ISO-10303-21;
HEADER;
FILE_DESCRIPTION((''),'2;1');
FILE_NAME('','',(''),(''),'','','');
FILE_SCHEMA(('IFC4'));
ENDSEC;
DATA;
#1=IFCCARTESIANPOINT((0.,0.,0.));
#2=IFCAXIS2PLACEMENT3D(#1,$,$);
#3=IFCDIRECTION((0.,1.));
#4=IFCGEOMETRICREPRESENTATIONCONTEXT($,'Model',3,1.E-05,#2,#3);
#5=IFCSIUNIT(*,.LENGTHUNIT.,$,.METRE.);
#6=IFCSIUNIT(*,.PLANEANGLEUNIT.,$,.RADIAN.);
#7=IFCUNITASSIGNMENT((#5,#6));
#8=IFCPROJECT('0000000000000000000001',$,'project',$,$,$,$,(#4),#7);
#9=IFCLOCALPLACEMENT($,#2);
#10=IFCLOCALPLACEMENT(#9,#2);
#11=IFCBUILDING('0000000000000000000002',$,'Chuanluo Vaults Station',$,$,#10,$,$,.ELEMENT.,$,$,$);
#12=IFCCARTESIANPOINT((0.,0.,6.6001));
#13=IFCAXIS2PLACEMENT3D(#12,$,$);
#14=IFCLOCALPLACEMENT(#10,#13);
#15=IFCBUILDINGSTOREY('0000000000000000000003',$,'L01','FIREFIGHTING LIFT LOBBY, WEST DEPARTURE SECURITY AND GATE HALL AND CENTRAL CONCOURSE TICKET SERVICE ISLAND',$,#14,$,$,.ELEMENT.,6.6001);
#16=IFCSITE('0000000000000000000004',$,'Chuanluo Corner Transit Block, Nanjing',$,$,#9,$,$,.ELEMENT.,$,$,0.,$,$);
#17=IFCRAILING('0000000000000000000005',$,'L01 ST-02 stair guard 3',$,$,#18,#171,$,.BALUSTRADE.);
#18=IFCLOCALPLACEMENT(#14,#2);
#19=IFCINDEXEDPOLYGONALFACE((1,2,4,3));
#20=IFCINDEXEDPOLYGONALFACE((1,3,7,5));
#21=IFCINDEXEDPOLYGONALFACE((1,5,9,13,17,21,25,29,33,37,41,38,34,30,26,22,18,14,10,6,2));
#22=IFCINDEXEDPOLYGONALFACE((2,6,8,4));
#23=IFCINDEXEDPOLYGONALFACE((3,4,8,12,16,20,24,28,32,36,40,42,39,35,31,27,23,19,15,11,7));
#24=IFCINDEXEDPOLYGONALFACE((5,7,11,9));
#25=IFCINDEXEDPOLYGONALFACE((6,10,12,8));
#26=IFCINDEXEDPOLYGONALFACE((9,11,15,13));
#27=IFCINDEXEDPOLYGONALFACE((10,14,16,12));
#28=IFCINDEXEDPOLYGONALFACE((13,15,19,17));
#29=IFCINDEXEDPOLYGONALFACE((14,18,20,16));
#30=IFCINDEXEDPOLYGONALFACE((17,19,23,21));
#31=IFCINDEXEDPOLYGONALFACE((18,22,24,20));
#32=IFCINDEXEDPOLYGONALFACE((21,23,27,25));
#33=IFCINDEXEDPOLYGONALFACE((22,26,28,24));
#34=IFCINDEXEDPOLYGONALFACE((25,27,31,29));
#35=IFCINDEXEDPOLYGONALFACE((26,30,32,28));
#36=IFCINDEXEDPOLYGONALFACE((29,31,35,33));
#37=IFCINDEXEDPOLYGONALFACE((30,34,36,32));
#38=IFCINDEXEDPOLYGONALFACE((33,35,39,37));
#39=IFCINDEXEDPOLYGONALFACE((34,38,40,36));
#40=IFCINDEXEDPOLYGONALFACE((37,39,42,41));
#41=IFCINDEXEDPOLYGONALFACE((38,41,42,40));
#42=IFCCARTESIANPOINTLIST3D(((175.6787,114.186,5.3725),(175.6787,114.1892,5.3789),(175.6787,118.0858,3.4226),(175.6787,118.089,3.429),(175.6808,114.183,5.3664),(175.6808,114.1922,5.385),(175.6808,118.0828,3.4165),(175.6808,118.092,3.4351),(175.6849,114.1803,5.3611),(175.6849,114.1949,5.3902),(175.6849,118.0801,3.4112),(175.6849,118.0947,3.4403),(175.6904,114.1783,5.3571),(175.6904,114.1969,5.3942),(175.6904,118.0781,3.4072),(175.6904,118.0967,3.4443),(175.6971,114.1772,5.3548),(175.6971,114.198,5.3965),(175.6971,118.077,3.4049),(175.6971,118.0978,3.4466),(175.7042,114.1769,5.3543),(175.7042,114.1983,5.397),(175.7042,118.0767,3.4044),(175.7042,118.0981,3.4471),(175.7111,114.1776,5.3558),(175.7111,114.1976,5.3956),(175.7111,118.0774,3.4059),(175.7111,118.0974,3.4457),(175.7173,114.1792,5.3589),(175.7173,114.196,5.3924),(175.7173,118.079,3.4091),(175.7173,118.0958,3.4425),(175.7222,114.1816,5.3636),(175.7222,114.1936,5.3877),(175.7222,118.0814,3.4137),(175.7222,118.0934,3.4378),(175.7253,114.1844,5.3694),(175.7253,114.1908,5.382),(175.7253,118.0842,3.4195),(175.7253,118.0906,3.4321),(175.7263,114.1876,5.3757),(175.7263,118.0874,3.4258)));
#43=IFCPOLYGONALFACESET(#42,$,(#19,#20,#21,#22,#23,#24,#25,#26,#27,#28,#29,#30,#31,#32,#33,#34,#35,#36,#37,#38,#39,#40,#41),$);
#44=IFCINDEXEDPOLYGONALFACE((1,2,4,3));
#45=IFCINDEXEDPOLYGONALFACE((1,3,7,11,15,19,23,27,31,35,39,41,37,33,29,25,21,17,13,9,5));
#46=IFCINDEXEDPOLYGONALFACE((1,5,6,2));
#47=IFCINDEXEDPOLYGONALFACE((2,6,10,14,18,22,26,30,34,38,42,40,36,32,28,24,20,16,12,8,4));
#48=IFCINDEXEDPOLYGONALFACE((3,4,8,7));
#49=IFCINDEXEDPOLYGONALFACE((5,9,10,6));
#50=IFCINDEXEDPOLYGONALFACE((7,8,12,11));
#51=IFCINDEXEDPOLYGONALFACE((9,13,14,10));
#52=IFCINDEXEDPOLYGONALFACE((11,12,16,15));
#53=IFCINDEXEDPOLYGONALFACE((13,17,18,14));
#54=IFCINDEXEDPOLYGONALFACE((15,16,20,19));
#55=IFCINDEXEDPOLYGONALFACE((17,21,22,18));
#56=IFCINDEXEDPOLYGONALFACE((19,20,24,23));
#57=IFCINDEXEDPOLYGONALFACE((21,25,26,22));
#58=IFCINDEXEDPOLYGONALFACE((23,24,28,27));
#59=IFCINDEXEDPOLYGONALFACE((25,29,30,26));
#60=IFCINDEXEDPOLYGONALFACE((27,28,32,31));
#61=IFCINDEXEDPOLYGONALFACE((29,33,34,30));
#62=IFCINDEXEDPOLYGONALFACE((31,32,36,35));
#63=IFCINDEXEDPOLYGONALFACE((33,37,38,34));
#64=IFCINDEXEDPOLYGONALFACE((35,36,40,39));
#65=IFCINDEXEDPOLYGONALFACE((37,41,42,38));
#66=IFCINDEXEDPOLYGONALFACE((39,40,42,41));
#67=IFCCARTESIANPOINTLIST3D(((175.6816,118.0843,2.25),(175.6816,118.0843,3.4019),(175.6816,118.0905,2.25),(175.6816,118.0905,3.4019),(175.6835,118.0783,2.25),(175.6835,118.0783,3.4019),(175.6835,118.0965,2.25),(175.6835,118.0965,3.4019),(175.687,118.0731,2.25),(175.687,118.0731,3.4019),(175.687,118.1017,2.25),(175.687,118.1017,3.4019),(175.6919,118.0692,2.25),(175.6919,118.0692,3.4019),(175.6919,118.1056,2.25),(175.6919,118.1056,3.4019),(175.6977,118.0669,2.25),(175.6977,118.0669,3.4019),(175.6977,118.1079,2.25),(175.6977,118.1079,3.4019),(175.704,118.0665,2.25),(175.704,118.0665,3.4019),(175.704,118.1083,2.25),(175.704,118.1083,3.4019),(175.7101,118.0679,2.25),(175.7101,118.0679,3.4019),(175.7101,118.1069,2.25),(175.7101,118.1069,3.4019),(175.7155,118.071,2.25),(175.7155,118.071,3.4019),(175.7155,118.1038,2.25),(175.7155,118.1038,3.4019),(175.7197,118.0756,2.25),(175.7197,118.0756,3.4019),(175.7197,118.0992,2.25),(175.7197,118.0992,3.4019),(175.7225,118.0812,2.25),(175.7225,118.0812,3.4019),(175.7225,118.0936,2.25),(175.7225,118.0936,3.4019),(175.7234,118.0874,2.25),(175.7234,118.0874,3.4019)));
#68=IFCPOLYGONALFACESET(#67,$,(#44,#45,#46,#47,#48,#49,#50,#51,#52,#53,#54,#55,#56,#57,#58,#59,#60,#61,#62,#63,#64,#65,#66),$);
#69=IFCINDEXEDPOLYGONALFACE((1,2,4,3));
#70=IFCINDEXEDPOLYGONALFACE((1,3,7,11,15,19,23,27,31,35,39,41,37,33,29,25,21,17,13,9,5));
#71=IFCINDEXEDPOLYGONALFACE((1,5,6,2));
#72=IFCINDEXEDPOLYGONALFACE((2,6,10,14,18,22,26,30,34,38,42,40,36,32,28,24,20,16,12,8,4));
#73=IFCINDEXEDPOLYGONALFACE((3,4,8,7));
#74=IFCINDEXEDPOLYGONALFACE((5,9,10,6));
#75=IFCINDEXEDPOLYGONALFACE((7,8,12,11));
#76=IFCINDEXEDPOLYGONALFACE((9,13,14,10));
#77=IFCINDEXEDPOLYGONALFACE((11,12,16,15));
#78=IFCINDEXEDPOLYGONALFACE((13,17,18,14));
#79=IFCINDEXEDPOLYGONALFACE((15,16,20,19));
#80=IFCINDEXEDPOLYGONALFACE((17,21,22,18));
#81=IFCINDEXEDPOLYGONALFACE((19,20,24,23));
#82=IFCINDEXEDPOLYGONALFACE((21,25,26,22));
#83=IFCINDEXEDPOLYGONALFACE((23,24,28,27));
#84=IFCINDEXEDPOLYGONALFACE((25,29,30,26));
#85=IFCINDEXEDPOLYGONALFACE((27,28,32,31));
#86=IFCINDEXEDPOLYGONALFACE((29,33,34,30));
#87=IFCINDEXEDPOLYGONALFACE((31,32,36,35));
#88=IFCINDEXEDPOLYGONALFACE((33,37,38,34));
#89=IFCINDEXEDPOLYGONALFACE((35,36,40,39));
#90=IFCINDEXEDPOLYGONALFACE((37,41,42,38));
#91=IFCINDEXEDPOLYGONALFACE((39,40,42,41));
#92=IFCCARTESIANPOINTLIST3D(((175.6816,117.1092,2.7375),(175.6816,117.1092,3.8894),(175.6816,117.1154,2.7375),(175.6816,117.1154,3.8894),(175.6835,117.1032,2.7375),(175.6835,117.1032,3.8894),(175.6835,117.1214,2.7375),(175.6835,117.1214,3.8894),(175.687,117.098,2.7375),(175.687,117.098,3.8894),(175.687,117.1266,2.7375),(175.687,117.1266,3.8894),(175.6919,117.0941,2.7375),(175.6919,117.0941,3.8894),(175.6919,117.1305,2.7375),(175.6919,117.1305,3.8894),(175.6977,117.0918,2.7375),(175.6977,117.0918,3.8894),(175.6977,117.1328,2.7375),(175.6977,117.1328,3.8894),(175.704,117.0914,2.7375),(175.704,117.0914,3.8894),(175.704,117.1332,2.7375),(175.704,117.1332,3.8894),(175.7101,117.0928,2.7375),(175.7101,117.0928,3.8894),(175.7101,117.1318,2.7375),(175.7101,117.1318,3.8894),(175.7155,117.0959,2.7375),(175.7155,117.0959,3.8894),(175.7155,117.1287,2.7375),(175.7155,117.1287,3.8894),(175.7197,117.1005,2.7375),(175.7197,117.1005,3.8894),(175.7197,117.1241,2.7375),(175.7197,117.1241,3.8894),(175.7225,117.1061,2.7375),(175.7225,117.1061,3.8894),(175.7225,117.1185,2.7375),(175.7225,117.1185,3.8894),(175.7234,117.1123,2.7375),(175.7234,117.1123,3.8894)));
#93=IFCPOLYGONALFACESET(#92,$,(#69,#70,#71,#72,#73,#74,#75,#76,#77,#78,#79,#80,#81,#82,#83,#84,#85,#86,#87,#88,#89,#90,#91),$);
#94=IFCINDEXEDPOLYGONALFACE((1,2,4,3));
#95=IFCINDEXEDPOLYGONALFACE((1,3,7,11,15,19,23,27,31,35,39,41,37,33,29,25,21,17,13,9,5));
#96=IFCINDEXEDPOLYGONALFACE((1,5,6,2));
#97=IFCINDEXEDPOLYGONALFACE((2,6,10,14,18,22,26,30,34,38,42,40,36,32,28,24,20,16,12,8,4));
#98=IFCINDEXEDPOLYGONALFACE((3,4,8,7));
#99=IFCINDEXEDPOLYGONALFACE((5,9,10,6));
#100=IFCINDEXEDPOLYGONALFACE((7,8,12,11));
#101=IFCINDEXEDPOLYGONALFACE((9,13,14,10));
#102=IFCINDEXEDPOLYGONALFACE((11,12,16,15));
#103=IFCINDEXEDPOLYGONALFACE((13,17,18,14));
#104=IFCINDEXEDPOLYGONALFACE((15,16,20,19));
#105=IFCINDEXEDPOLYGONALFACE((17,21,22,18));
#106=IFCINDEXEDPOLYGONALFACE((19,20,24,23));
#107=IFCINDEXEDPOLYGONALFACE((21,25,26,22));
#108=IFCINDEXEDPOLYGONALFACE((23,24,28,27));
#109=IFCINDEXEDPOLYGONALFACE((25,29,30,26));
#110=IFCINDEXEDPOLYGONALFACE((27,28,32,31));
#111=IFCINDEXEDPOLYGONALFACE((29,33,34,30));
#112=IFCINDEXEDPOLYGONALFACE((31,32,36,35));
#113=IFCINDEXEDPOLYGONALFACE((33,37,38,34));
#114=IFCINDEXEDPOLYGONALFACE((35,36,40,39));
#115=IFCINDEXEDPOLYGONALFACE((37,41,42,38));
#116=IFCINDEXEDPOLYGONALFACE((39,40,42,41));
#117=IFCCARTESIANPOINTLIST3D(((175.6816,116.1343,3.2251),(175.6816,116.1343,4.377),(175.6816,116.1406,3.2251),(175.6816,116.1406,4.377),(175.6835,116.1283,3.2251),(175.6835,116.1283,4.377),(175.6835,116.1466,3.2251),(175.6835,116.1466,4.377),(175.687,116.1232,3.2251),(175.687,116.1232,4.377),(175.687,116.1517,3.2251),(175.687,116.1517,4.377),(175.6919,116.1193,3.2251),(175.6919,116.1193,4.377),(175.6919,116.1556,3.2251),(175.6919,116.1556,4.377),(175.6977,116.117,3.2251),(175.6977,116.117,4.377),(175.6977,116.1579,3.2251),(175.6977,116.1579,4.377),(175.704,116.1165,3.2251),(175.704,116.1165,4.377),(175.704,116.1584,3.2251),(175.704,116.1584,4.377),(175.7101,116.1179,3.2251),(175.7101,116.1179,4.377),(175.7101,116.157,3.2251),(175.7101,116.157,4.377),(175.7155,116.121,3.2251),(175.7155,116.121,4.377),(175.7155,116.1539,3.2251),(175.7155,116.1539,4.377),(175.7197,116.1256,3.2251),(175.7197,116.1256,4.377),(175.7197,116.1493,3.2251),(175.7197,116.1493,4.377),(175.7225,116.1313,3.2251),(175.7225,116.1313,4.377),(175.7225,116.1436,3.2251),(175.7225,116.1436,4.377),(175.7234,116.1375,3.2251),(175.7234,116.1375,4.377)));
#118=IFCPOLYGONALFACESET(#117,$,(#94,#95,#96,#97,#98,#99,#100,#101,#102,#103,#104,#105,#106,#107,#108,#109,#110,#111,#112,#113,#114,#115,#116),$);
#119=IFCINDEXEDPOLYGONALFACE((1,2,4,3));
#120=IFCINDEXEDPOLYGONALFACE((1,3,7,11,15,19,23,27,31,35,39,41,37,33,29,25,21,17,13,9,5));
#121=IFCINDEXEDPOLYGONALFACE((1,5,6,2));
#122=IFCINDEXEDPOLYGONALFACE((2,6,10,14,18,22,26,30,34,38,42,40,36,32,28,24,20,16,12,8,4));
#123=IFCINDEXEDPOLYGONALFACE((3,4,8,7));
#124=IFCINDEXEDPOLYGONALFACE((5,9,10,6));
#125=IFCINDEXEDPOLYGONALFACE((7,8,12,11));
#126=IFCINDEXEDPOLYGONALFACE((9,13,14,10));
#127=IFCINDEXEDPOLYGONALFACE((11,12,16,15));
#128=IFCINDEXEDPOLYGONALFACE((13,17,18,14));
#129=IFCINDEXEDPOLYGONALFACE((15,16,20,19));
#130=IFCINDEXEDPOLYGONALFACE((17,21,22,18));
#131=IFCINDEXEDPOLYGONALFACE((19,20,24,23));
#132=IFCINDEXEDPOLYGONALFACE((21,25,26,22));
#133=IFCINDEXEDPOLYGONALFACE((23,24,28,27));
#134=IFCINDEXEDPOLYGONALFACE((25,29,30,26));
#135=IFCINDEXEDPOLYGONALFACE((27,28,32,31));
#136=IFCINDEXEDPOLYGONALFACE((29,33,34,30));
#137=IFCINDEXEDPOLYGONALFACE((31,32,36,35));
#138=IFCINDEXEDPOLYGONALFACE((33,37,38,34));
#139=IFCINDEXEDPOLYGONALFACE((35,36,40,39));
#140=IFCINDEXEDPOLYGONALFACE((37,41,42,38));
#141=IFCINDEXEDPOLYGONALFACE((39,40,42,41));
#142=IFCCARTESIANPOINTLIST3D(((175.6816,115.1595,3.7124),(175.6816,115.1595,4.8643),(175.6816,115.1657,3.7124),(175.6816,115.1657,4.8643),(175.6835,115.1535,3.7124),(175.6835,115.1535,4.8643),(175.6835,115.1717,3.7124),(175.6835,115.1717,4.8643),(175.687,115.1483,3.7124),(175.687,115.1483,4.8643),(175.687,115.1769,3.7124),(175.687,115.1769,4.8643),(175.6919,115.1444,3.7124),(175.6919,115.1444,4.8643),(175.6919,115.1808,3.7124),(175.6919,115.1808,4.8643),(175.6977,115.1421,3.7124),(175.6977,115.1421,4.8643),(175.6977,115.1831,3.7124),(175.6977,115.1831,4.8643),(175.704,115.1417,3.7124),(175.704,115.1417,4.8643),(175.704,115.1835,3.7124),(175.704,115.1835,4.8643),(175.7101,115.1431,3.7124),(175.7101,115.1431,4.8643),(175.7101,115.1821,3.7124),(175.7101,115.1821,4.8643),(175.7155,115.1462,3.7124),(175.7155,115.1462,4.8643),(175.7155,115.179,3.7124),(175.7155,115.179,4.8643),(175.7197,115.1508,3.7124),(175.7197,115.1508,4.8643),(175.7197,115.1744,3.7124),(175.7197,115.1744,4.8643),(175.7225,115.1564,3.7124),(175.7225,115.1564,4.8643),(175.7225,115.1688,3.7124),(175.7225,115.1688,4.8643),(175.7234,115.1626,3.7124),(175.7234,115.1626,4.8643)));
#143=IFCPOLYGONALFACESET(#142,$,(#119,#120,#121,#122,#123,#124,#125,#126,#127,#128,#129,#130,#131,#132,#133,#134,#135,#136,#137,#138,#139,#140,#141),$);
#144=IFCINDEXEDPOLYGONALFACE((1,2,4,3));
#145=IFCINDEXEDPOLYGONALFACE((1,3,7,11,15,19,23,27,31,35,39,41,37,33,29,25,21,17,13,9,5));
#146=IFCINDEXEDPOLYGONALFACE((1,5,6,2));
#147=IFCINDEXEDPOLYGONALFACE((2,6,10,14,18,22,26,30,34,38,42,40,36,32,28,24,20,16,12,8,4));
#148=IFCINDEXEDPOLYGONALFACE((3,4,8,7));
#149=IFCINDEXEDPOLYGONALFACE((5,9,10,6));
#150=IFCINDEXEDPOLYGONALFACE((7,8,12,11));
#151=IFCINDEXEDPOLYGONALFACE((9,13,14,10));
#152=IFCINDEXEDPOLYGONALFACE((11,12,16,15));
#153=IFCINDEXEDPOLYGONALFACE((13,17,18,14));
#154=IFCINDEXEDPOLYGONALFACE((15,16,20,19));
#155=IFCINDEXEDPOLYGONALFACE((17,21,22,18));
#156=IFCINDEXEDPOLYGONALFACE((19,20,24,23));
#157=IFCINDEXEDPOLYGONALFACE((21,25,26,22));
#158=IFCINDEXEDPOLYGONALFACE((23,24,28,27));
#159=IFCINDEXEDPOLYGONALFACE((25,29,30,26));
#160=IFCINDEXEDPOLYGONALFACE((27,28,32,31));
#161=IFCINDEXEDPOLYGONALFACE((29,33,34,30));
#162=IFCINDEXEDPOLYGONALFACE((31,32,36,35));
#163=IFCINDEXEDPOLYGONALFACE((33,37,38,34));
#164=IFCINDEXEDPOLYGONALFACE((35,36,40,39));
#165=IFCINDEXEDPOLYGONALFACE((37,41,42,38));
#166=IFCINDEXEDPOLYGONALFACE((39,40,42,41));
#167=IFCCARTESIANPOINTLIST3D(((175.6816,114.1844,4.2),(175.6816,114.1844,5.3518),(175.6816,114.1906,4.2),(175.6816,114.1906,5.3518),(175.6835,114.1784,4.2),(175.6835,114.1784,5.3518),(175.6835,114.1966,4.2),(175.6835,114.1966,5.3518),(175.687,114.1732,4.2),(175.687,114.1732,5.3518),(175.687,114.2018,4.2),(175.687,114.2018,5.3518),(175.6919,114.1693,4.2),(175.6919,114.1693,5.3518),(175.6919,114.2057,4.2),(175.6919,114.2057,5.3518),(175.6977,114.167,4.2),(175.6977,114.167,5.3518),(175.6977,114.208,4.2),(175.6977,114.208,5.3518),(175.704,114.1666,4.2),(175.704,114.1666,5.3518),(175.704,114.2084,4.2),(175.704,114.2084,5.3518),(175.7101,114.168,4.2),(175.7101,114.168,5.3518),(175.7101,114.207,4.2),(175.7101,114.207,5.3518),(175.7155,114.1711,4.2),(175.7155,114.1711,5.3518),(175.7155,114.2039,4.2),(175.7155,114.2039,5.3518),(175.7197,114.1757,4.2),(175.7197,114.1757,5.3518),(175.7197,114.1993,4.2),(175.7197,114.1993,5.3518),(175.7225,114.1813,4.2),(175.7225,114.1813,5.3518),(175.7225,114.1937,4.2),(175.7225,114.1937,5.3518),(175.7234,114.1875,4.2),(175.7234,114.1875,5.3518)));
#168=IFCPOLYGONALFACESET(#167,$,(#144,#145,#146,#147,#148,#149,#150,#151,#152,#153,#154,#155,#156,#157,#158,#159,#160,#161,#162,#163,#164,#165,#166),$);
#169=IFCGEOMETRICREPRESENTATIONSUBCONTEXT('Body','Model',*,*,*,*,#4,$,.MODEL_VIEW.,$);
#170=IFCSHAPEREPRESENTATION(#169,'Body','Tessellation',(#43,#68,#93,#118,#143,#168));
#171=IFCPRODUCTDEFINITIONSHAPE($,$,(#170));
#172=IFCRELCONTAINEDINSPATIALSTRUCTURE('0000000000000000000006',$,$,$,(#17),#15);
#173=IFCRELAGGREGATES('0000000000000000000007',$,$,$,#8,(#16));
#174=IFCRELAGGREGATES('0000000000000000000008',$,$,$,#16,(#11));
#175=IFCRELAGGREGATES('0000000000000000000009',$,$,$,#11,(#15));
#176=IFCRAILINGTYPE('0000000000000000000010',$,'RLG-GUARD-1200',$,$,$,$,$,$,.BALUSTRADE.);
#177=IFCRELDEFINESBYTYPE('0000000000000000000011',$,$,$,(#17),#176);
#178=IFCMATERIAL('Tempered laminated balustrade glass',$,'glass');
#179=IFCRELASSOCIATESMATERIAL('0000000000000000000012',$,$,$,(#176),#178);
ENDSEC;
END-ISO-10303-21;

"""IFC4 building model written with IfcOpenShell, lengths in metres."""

from ifc_helpers import new_model, si_unit, direction, frame, origin, origin_2d, place, context, subcontext, project, spatial, circle, extrude, material, type_object, element, save


model = new_model("IFC4")

# Units and contexts
model_context = context("Model", 3, precision=1e-05, world=origin(), true_north=direction((0.0, 1.0)))
body_context = subcontext(model_context, "Body", "Model", "MODEL_VIEW")
ifc_project = project(units=[si_unit("LENGTHUNIT", "METRE"), si_unit("PLANEANGLEUNIT", "RADIAN")], contexts=[model_context])

# Site, building, storey
site_placement = place(None, origin())
site = spatial("IfcSite", under=ifc_project, at=site_placement, Name="Chuanluo Corner Transit Block, Nanjing", CompositionType="ELEMENT", RefElevation=0.0)
building_placement = place(site_placement, origin())
building = spatial("IfcBuilding", under=site, at=building_placement, Name="Chuanluo Vaults Station", CompositionType="ELEMENT")
storey_placement = place(building_placement, frame((0.0, 0.0, 6.6001)))
storey = spatial("IfcBuildingStorey", under=building, at=storey_placement, Name="L01", Description="FIREFIGHTING LIFT LOBBY, WEST DEPARTURE SECURITY AND GATE HALL AND CENTRAL CONCOURSE TICKET SERVICE ISLAND", CompositionType="ELEMENT", Elevation=6.6001)

# Railing
ifc_material_1 = material(Name="Tempered laminated balustrade glass", Category="glass")
railing_type_1 = type_object("IfcRailingType", Name="RLG-GUARD-1200", PredefinedType="BALUSTRADE", material=ifc_material_1)
railing_1_placement = place(storey_placement, frame((175.7024, 118.0874, 2.25)))
element("IfcRailing", 1, at=railing_1_placement, inside=storey, type_object=railing_type_1, Name="L01 ST-02 stair guard 3", PredefinedType="BALUSTRADE", context=body_context, shape_type="SweptSolid", body=[
    extrude(circle(Radius=0.0239, at=origin_2d()), frame((0.0, 0.0, 1.1758), z_axis=(0.0, -0.894427, 0.447214), x_axis=(1.0, 0.0, 0.0)), (0.0, 0.0, 1.0), 4.3601),
    extrude(circle(Radius=0.021, at=origin_2d()), origin(), (0.0, 0.0, 1.0), 1.1519),
    extrude(circle(Radius=0.021, at=origin_2d()), frame((0.0, -0.9751, 0.4875)), (0.0, 0.0, 1.0), 1.1519),
    extrude(circle(Radius=0.021, at=origin_2d()), frame((0.0, -1.95, 0.9751)), (0.0, 0.0, 1.0), 1.1519),
    extrude(circle(Radius=0.021, at=origin_2d()), frame((0.0, -2.9248, 1.4624)), (0.0, 0.0, 1.0), 1.1519),
    extrude(circle(Radius=0.021, at=origin_2d()), frame((0.0, -3.8999, 1.95)), (0.0, 0.0, 1.0), 1.1519),
])

save(model, "model.ifc")
